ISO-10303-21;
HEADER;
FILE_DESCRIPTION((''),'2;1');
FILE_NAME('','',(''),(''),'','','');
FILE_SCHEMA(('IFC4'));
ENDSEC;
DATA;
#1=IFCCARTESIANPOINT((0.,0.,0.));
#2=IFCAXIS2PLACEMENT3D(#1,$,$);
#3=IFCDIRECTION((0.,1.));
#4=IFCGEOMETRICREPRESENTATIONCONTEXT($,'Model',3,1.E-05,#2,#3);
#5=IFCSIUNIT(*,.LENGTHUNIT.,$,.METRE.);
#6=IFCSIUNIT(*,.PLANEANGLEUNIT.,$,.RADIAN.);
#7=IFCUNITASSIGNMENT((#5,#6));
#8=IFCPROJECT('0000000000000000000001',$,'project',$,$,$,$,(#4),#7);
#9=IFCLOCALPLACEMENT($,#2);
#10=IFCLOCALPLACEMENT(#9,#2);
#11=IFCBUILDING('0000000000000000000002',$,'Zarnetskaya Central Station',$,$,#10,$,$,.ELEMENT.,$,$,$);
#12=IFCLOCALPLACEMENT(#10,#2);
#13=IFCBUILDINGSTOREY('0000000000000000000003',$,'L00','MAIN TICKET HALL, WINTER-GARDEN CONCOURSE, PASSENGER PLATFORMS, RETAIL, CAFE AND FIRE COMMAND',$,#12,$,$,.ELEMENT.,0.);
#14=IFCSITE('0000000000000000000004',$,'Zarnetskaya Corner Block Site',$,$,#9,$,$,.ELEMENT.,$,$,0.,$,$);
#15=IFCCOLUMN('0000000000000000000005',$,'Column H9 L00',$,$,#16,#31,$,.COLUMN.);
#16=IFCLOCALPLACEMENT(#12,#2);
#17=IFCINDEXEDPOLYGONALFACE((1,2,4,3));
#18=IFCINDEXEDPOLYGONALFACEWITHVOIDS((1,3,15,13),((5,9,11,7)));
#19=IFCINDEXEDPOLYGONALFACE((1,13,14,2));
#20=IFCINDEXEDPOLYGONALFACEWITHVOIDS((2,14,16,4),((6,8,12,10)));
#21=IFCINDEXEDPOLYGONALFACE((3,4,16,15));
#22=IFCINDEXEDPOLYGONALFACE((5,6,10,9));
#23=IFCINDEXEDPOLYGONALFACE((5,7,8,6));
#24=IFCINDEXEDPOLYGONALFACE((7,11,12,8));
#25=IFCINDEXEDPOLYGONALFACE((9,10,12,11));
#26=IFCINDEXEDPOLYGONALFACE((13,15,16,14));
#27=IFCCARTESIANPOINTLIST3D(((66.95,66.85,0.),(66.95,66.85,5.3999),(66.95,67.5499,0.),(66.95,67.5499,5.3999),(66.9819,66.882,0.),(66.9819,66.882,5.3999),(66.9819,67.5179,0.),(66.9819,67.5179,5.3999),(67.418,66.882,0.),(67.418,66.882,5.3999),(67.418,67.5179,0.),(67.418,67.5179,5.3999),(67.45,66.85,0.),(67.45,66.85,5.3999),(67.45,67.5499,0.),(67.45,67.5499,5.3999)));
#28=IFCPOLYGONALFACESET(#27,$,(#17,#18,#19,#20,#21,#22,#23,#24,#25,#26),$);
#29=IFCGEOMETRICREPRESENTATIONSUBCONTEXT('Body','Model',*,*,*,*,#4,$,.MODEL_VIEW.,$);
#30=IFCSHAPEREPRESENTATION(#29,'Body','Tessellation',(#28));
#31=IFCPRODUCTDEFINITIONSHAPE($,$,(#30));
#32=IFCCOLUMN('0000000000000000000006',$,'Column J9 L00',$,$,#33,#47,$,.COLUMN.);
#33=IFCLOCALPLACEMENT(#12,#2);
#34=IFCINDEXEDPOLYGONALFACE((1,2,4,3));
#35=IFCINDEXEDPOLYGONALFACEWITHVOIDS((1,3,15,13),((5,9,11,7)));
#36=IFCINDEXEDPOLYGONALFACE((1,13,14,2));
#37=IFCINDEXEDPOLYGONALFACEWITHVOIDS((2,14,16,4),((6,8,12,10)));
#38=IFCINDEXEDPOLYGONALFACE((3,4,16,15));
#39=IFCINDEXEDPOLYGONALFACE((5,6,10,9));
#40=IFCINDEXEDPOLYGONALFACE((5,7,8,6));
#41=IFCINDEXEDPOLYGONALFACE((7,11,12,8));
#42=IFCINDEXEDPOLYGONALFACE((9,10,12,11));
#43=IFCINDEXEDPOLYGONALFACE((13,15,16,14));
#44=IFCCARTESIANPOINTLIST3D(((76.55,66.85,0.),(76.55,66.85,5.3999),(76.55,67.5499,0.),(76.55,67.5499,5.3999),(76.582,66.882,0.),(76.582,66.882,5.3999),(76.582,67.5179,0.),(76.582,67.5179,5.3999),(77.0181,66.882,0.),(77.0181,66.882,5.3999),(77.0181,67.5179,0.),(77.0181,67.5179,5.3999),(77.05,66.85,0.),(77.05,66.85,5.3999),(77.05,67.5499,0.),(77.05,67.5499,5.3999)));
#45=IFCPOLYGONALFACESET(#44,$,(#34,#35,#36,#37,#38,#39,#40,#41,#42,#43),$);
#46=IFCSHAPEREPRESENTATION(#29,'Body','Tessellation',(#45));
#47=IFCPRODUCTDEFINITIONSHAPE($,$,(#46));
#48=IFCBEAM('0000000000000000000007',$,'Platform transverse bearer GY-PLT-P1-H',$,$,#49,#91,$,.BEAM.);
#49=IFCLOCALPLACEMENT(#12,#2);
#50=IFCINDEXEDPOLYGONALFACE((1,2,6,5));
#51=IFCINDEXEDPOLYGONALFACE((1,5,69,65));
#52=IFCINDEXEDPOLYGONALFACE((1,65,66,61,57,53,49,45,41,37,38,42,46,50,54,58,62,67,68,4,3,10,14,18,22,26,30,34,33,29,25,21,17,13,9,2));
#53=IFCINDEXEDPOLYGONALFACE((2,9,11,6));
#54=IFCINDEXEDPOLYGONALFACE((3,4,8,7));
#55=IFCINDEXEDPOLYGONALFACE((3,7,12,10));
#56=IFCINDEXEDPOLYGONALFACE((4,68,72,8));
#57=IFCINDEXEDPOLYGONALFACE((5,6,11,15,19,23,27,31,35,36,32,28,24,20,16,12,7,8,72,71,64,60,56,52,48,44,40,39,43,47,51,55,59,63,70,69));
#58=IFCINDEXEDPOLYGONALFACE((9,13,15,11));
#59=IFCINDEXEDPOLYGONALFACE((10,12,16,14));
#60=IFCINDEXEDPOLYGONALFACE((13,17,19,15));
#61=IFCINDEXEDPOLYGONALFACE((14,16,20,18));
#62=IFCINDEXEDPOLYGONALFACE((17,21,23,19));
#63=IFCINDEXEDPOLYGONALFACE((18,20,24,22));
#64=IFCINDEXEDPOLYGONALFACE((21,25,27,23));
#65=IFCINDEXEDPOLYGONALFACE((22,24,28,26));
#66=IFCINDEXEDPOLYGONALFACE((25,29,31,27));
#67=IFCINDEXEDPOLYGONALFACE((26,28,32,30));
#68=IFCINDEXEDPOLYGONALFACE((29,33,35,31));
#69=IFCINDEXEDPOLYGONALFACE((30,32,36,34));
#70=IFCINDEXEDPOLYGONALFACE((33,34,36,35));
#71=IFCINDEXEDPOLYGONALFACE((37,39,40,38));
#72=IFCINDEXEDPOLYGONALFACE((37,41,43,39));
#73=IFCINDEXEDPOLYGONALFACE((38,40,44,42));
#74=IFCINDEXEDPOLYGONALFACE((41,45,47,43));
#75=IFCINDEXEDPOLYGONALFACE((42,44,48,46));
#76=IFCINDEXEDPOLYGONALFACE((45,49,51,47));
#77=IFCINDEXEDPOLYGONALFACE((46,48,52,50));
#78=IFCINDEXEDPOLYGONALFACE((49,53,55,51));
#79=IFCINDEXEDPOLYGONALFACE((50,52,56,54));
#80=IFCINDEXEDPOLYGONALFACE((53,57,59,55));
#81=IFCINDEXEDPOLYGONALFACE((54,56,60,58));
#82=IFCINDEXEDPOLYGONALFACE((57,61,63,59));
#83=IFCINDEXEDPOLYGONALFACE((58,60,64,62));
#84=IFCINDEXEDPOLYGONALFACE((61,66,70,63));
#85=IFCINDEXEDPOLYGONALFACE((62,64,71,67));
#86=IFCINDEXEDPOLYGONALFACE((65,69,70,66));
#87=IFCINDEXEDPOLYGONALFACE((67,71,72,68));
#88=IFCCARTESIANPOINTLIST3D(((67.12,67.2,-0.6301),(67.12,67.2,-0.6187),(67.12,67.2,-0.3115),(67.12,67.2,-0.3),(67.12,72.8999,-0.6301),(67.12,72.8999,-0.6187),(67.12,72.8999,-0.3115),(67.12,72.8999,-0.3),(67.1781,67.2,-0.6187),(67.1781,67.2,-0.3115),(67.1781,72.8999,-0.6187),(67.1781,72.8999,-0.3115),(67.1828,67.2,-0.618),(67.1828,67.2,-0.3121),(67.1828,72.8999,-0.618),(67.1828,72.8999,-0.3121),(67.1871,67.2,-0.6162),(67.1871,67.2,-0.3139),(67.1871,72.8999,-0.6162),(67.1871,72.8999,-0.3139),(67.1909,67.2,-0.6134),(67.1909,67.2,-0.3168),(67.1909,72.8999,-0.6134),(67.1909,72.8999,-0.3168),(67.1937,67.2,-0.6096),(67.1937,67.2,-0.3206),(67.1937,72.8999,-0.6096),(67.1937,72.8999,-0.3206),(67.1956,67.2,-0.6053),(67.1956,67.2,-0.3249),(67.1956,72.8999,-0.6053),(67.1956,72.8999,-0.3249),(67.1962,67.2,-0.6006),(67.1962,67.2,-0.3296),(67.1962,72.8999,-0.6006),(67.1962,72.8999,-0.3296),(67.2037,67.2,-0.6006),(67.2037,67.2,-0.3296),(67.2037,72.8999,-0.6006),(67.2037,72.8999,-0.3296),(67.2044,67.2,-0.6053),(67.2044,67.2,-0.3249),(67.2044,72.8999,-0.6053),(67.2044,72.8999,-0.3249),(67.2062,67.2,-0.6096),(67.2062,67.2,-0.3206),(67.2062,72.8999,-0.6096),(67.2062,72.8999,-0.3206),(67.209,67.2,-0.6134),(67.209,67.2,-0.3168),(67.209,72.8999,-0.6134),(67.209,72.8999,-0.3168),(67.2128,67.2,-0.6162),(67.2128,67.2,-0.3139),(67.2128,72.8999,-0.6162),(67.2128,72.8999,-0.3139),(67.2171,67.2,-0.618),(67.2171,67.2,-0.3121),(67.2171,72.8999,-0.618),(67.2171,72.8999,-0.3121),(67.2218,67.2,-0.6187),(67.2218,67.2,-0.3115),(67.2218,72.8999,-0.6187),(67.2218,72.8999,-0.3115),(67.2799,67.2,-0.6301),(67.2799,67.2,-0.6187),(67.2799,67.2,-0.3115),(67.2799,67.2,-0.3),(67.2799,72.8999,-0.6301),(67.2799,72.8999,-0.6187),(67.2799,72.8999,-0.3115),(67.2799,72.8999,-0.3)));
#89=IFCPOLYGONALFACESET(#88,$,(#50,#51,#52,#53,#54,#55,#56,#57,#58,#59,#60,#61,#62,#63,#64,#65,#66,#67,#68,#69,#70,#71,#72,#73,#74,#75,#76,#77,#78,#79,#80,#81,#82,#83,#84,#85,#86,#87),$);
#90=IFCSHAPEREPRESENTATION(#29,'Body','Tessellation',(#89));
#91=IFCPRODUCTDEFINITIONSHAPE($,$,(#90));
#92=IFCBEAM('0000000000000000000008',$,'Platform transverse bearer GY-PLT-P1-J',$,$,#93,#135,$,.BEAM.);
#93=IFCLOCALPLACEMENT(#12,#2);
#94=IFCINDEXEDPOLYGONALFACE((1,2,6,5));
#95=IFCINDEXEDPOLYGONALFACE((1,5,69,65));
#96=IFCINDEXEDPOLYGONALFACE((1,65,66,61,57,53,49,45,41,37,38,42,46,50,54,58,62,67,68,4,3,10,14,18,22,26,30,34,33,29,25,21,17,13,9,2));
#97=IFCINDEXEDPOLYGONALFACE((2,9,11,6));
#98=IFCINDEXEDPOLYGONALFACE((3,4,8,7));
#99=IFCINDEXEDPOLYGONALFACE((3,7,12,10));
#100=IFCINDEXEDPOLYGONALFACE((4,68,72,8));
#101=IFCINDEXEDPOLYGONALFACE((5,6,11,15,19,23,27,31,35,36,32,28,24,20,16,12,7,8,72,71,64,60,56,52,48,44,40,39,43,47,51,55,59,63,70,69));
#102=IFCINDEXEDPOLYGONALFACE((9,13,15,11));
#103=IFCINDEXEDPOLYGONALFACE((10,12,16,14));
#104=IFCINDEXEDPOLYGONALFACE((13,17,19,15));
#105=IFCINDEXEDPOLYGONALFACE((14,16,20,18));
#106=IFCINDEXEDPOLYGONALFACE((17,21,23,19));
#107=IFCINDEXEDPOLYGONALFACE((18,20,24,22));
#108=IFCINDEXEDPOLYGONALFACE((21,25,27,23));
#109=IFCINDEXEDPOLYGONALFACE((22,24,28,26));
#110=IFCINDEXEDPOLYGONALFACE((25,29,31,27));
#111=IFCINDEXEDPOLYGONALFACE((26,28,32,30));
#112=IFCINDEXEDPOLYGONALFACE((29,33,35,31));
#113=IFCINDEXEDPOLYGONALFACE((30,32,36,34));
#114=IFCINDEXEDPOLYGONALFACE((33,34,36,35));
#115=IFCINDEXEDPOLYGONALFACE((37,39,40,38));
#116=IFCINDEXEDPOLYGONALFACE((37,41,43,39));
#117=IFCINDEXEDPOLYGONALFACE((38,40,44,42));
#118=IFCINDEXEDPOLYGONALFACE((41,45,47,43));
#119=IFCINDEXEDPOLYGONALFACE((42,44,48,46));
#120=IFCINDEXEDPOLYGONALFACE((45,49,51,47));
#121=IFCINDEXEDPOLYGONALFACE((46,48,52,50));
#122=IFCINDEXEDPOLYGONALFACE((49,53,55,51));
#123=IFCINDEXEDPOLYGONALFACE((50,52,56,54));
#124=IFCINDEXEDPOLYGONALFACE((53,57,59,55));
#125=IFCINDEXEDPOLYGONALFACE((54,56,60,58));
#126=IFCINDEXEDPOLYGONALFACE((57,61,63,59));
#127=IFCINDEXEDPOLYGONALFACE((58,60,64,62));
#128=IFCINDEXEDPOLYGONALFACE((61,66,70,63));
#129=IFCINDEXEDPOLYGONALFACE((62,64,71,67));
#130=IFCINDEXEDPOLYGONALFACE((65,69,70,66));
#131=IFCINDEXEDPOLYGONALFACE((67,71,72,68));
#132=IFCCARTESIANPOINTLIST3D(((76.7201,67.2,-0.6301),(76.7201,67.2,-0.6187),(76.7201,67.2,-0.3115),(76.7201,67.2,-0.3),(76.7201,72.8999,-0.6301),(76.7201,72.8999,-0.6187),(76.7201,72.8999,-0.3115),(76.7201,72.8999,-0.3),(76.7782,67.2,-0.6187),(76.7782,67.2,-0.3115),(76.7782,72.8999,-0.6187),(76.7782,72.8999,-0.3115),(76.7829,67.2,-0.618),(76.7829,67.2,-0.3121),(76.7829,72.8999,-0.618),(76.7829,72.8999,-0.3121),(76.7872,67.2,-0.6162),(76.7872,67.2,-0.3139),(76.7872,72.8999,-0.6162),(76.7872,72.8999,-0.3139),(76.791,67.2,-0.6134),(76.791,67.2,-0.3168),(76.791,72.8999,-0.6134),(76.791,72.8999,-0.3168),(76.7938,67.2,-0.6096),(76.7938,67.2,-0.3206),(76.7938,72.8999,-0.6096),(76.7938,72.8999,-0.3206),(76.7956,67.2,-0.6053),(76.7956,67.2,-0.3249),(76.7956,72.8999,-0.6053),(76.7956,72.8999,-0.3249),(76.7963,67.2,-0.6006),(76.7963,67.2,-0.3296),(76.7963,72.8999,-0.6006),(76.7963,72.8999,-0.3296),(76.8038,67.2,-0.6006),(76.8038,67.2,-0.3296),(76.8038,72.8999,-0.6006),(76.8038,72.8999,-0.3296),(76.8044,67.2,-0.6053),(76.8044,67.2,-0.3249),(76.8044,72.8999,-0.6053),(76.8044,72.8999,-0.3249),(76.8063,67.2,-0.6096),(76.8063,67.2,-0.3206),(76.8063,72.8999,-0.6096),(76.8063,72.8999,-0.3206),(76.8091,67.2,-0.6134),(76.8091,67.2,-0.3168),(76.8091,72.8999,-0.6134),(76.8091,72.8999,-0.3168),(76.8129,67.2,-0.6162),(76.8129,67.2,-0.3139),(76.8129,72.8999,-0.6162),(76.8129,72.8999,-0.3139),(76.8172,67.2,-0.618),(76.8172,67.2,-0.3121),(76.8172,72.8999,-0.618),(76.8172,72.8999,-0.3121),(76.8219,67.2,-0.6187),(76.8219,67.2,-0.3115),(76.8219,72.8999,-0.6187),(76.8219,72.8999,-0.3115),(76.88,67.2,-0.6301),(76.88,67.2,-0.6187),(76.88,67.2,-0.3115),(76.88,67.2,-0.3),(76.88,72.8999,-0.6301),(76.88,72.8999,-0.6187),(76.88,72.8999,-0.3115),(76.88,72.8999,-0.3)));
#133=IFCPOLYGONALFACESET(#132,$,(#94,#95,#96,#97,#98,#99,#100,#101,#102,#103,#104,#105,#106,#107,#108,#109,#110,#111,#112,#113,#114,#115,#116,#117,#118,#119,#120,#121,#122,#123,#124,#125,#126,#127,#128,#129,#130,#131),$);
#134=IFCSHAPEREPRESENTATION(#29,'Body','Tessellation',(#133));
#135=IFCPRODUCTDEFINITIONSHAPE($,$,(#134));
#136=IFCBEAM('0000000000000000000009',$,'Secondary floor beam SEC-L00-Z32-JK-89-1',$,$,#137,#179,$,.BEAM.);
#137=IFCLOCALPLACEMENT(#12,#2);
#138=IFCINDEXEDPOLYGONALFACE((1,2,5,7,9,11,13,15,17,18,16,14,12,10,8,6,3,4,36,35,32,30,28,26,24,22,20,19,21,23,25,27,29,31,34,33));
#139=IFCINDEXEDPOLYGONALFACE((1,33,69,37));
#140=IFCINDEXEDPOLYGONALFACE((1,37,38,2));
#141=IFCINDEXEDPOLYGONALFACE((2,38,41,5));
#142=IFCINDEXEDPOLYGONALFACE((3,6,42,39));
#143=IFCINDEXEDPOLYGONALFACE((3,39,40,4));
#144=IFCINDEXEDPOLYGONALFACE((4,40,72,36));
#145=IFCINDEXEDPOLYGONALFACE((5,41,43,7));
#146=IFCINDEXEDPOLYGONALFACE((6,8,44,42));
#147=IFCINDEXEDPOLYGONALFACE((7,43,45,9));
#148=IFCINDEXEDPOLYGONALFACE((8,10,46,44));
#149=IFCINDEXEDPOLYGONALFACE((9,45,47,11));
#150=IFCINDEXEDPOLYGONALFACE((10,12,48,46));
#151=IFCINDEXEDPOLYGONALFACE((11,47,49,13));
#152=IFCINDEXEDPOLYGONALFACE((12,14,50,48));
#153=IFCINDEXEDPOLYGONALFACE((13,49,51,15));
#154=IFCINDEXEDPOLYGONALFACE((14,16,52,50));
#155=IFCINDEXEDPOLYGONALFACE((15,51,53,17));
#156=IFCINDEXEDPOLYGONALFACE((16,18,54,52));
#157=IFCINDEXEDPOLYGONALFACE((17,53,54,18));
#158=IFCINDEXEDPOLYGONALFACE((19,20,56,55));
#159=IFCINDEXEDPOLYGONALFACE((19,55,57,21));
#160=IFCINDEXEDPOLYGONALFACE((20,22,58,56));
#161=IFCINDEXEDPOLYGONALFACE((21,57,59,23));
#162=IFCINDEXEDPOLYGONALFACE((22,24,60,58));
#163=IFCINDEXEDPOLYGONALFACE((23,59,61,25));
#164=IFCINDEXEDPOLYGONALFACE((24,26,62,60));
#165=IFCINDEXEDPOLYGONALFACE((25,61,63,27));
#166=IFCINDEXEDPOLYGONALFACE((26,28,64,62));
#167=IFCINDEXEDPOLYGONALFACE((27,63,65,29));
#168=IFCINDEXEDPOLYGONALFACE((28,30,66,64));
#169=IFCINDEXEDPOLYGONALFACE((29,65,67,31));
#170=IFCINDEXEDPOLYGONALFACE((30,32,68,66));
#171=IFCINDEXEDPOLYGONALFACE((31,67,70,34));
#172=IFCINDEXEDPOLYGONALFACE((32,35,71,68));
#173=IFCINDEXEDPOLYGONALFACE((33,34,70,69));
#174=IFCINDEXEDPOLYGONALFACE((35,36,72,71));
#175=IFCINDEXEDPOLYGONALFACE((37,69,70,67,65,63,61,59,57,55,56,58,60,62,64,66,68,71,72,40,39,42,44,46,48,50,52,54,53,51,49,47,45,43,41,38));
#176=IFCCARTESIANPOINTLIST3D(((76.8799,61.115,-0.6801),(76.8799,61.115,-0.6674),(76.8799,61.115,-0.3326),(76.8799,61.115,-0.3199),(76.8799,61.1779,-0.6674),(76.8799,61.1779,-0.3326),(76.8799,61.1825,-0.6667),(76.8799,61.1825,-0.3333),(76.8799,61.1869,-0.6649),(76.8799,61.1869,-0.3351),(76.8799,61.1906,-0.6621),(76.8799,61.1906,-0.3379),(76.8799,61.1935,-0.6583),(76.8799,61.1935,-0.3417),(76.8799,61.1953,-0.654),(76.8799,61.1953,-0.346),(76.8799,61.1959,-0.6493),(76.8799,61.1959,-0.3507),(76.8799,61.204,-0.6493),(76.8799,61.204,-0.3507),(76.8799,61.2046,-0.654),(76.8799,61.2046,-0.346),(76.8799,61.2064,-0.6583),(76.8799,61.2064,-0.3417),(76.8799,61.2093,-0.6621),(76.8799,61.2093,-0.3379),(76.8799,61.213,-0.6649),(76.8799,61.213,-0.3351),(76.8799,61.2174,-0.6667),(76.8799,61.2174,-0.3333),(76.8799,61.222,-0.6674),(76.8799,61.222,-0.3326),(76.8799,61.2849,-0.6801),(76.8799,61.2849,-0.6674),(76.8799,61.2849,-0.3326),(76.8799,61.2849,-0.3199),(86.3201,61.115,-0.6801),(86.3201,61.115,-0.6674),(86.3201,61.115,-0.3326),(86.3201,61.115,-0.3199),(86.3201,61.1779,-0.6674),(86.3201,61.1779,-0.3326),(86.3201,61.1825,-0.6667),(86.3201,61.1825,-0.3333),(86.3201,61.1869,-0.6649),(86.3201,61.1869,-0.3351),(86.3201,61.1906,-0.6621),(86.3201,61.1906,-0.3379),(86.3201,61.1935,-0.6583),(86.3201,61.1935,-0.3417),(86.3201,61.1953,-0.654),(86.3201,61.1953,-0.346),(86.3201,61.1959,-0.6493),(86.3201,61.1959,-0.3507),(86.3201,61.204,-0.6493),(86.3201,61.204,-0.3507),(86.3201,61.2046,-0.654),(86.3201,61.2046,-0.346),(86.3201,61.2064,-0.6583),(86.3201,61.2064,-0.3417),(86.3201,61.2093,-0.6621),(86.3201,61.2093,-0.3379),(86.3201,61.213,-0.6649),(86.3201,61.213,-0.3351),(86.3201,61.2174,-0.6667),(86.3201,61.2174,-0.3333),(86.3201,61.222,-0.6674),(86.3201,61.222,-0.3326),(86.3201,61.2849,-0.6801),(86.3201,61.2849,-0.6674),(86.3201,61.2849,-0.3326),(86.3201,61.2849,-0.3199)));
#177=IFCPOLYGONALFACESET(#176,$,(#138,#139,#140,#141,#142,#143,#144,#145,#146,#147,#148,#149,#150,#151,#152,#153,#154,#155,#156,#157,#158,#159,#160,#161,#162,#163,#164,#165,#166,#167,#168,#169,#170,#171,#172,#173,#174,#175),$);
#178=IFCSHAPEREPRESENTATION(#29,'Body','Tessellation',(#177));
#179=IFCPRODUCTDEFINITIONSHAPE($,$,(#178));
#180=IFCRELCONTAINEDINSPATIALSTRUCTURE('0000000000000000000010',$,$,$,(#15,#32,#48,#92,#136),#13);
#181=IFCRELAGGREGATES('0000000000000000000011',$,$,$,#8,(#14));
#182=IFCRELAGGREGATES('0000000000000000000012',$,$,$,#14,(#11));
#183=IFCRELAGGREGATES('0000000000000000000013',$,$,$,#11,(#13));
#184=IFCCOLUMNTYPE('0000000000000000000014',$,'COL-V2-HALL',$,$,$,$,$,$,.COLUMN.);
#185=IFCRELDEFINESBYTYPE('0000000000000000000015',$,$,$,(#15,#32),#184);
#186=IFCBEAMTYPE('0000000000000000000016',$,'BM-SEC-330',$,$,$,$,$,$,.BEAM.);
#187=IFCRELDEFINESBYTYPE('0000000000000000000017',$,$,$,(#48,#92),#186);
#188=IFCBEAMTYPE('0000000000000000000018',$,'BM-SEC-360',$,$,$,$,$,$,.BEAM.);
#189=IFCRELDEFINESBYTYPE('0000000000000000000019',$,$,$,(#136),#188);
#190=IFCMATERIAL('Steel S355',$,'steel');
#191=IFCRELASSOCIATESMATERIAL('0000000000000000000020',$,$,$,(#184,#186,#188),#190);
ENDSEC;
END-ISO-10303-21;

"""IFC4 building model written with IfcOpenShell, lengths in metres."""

from ifc_helpers import new_model, si_unit, direction, frame, origin, origin_2d, place, context, subcontext, project, spatial, hollow_rectangle, i_section, extrude, material, material_profile, profile_set, type_object, element, save


model = new_model("IFC4")

# Units and contexts
model_context = context("Model", 3, precision=1e-05, world=origin(), true_north=direction((0.0, 1.0)))
body_context = subcontext(model_context, "Body", "Model", "MODEL_VIEW")
ifc_project = project(units=[si_unit("LENGTHUNIT", "METRE"), si_unit("PLANEANGLEUNIT", "RADIAN")], contexts=[model_context])

# Site, building, storey
site_placement = place(None, origin())
site = spatial("IfcSite", under=ifc_project, at=site_placement, Name="Zarnetskaya Corner Block Site", CompositionType="ELEMENT", RefElevation=0.0)
building_placement = place(site_placement, origin())
building = spatial("IfcBuilding", under=site, at=building_placement, Name="Zarnetskaya Central Station", CompositionType="ELEMENT")
storey_placement = place(building_placement, origin())
storey = spatial("IfcBuildingStorey", under=building, at=storey_placement, Name="L00", Description="MAIN TICKET HALL, WINTER-GARDEN CONCOURSE, PASSENGER PLATFORMS, RETAIL, CAFE AND FIRE COMMAND", CompositionType="ELEMENT", Elevation=0.0)

# Columns
ifc_material_1 = material(Name="Steel S355", Category="steel")
ifc_material_profile_1 = material_profile(ifc_material_1, hollow_rectangle(XDim=0.5, YDim=0.7, WallThickness=0.032, at=origin_2d()), Name="BOX 700x500x32")
ifc_profile_set_1 = profile_set([ifc_material_profile_1], Name="Steel S355")
column_type = type_object("IfcColumnType", Name="COL-V2-HALL", PredefinedType="COLUMN", material=ifc_profile_set_1)
for number, where, z_axis, x_axis, name in (
    (1, (67.2, 67.2, 0.0), (0.0, 0.0, 1.0), (1.0, 0.0, 0.0), "Column H9 L00"),
    (2, (76.8, 67.2, 0.0), (0.0, 0.0, 1.0), (1.0, 0.0, 0.0), "Column J9 L00"),
):
    element("IfcColumn", number, at=place(storey_placement, frame(where, z_axis=z_axis, x_axis=x_axis)), inside=storey, type_object=column_type, Name=name, PredefinedType="COLUMN", context=body_context, shape_type="SweptSolid", body=[
        extrude(hollow_rectangle(XDim=0.5, YDim=0.7, WallThickness=0.032, at=origin_2d()), origin(), (0.0, 0.0, 1.0), 5.3999),
    ])

# Beams
ifc_material_profile_2 = material_profile(ifc_material_1, i_section(OverallWidth=0.1599, OverallDepth=0.3301, WebThickness=0.0076, FlangeThickness=0.0115, FilletRadius=0.0181, at=origin_2d()), Name="IPE 330")
ifc_profile_set_2 = profile_set([ifc_material_profile_2], Name="Steel S355")
beam_type_1 = type_object("IfcBeamType", Name="BM-SEC-330", PredefinedType="BEAM", material=ifc_profile_set_2)
for number, where, z_axis, x_axis, name in (
    (3, (67.2, 67.2, -0.4651), (0.0, 1.0, 0.0), (-1.0, 0.0, 0.0), "Platform transverse bearer GY-PLT-P1-H"),
    (4, (76.8, 67.2, -0.4651), (0.0, 1.0, 0.0), (-1.0, 0.0, 0.0), "Platform transverse bearer GY-PLT-P1-J"),
):
    element("IfcBeam", number, at=place(storey_placement, frame(where, z_axis=z_axis, x_axis=x_axis)), inside=storey, type_object=beam_type_1, Name=name, PredefinedType="BEAM", context=body_context, shape_type="SweptSolid", body=[
        extrude(i_section(OverallWidth=0.1599, OverallDepth=0.3301, WebThickness=0.0076, FlangeThickness=0.0115, FilletRadius=0.0181, at=origin_2d()), origin(), (0.0, 0.0, 1.0), 5.7),
    ])
ifc_material_profile_3 = material_profile(ifc_material_1, i_section(OverallWidth=0.1699, OverallDepth=0.3601, WebThickness=0.0081, FlangeThickness=0.0127, FilletRadius=0.0181, at=origin_2d()), Name="IPE 360")
ifc_profile_set_3 = profile_set([ifc_material_profile_3], Name="Steel S355")
beam_type_2 = type_object("IfcBeamType", Name="BM-SEC-360", PredefinedType="BEAM", material=ifc_profile_set_3)
for number, where, z_axis, x_axis, name in (
    (5, (76.8799, 61.2, -0.5), (1.0, 0.0, 0.0), (0.0, 1.0, 0.0), "Secondary floor beam SEC-L00-Z32-JK-89-1"),
):
    element("IfcBeam", number, at=place(storey_placement, frame(where, z_axis=z_axis, x_axis=x_axis)), inside=storey, type_object=beam_type_2, Name=name, PredefinedType="BEAM", context=body_context, shape_type="SweptSolid", body=[
        extrude(i_section(OverallWidth=0.1699, OverallDepth=0.3601, WebThickness=0.0081, FlangeThickness=0.0127, FilletRadius=0.0181, at=origin_2d()), origin(), (0.0, 0.0, 1.0), 9.4402),
    ])

save(model, "model.ifc")
